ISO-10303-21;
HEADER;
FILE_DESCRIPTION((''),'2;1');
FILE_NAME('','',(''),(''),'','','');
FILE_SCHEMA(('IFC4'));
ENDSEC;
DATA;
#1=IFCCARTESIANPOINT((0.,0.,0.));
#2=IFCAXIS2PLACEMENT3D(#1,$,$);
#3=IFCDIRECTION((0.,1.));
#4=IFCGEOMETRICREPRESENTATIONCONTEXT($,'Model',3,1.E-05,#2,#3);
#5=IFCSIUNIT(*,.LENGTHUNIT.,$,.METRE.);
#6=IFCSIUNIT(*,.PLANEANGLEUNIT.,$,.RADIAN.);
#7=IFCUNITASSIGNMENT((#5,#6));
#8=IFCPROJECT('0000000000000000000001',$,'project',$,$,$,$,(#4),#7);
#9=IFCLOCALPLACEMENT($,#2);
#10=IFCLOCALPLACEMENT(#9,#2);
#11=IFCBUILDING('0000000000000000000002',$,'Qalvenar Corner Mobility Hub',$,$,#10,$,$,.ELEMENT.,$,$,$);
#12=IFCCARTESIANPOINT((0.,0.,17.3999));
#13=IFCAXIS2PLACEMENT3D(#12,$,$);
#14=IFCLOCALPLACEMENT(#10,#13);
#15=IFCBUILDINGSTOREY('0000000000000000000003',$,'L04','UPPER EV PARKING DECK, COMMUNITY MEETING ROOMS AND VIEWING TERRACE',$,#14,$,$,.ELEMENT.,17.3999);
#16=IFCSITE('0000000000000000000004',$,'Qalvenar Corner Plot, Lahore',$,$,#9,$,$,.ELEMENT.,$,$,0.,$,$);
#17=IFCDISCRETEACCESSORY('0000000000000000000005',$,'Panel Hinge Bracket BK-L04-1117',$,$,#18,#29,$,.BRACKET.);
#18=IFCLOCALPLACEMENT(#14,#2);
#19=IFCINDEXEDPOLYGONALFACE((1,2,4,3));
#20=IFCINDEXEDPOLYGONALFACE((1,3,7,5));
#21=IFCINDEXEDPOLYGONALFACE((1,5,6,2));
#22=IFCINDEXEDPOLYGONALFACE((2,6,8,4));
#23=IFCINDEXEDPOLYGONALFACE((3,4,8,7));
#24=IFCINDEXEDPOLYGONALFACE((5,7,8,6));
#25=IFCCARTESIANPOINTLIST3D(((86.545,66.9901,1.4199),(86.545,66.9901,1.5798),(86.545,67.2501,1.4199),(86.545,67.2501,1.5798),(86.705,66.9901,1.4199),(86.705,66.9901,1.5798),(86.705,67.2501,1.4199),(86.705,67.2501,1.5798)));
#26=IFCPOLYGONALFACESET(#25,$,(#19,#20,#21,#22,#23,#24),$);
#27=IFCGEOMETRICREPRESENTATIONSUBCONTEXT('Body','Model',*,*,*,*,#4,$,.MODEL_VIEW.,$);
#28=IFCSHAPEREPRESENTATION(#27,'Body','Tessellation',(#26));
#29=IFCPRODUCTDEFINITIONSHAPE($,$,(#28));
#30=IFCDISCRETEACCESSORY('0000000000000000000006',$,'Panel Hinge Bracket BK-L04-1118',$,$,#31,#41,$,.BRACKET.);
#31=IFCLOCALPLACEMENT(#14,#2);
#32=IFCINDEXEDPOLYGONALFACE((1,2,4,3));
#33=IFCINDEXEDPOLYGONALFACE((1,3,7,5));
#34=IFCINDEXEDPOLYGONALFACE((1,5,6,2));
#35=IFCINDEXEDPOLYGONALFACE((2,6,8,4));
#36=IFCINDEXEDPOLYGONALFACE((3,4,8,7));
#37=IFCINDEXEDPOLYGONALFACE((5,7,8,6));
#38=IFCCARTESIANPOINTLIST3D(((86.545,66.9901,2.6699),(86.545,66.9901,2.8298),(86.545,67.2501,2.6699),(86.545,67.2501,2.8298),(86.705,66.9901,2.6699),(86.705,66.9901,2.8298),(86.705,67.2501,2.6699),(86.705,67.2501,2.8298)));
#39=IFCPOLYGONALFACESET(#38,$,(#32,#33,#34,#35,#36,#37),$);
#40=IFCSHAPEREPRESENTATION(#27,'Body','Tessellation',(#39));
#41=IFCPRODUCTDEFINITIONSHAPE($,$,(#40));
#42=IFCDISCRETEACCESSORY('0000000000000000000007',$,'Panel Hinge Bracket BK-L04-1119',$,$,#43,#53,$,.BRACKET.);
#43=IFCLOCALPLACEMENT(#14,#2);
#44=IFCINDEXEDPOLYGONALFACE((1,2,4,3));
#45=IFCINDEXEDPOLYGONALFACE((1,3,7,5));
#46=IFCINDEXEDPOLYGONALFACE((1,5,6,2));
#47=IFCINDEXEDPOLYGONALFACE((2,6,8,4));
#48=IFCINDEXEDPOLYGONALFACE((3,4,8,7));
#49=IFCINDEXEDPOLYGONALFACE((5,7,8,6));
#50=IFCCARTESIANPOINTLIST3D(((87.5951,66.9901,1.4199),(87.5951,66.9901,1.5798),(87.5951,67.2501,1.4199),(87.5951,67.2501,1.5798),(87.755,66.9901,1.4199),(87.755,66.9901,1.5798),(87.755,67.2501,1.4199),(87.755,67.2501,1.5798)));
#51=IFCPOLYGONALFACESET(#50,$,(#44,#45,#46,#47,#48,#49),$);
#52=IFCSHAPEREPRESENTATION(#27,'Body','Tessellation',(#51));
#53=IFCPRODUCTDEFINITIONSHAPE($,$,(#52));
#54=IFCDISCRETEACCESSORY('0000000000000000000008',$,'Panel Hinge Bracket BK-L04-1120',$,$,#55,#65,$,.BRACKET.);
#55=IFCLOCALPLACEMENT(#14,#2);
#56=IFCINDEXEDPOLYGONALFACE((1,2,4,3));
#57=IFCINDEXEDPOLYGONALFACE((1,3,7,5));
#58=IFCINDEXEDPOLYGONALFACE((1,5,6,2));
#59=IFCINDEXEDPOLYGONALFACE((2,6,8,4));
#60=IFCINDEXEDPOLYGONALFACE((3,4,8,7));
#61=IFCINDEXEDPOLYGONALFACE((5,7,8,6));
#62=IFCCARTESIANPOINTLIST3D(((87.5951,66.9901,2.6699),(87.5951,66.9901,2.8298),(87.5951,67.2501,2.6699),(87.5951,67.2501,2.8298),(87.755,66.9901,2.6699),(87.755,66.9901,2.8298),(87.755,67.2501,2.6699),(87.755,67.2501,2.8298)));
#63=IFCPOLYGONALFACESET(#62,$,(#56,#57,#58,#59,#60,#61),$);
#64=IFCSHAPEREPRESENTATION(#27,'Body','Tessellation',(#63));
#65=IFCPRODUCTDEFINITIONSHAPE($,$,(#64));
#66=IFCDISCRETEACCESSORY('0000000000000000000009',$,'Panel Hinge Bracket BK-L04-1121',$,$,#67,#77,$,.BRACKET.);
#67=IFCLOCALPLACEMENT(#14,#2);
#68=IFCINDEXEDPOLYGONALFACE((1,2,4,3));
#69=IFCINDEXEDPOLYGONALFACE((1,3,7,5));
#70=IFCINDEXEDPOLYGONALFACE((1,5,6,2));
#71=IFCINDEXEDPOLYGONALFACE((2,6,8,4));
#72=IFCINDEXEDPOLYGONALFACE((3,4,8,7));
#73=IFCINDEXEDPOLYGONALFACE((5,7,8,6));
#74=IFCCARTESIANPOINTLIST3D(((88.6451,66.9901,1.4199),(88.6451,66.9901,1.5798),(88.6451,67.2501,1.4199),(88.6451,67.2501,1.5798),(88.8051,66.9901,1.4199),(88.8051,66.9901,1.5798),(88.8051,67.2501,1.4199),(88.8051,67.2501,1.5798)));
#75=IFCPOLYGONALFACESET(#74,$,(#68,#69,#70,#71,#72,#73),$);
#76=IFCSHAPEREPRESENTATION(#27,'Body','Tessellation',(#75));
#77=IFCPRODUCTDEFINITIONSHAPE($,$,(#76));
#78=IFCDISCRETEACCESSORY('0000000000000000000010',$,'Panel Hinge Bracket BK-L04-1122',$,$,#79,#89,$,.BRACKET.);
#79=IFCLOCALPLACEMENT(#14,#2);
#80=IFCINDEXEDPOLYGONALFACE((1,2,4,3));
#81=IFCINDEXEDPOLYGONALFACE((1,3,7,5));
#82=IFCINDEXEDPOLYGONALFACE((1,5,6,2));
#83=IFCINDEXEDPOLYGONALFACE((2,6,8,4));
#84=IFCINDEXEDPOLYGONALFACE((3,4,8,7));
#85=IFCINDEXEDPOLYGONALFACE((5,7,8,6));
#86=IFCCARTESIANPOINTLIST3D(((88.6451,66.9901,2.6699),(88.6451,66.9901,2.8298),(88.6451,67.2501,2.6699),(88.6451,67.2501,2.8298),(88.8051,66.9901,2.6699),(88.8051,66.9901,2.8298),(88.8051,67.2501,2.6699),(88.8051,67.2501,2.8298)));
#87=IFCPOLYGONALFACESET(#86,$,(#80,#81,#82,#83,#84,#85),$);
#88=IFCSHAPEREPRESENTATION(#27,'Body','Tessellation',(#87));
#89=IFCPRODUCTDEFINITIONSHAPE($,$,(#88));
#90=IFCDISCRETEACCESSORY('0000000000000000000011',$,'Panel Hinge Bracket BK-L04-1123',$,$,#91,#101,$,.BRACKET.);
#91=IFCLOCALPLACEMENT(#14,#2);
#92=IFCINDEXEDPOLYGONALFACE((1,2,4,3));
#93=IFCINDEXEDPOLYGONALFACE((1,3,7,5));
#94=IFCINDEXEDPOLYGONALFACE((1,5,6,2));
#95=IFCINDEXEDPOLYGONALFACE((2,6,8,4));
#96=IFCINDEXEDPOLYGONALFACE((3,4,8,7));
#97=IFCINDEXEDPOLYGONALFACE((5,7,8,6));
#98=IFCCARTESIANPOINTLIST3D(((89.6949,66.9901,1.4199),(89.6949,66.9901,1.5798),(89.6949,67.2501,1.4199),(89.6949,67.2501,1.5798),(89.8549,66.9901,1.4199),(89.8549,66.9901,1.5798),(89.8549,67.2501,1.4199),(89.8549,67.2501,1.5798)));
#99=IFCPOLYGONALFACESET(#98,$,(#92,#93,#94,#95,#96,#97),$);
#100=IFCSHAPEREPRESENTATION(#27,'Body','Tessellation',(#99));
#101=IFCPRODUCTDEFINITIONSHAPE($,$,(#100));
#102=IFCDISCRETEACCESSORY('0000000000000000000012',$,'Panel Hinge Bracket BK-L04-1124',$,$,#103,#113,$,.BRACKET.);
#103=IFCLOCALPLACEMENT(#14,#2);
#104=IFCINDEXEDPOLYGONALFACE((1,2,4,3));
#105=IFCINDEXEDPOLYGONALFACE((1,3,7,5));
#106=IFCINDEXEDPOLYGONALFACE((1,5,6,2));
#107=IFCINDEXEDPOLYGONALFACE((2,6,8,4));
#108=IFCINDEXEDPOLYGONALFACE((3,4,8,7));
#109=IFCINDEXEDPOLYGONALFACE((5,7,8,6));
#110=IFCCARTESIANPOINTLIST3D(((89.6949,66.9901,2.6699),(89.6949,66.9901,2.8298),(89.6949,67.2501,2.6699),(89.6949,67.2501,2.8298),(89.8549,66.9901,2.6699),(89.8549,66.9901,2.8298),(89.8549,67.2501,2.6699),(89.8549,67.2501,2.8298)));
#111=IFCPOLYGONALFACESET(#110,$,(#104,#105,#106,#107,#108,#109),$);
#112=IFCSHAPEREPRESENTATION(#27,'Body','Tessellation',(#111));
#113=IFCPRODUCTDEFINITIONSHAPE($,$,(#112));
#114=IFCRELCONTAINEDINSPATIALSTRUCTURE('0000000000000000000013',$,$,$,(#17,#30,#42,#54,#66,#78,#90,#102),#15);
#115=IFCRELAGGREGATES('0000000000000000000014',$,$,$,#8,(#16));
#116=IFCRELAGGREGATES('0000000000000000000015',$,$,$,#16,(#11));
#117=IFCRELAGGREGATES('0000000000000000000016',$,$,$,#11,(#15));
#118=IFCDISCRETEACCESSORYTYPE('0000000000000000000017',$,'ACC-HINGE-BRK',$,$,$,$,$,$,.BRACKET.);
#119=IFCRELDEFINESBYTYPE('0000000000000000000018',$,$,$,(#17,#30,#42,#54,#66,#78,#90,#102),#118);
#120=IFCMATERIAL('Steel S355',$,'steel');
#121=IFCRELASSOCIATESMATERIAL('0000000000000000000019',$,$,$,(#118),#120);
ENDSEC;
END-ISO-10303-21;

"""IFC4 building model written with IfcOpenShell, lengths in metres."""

from ifc_helpers import new_model, si_unit, direction, frame, origin, origin_2d, place, context, subcontext, project, spatial, rectangle, extrude, material, type_object, element, save


model = new_model("IFC4")

# Units and contexts
model_context = context("Model", 3, precision=1e-05, world=origin(), true_north=direction((0.0, 1.0)))
body_context = subcontext(model_context, "Body", "Model", "MODEL_VIEW")
ifc_project = project(units=[si_unit("LENGTHUNIT", "METRE"), si_unit("PLANEANGLEUNIT", "RADIAN")], contexts=[model_context])

# Site, building, storey
site_placement = place(None, origin())
site = spatial("IfcSite", under=ifc_project, at=site_placement, Name="Qalvenar Corner Plot, Lahore", CompositionType="ELEMENT", RefElevation=0.0)
building_placement = place(site_placement, origin())
building = spatial("IfcBuilding", under=site, at=building_placement, Name="Qalvenar Corner Mobility Hub", CompositionType="ELEMENT")
storey_placement = place(building_placement, frame((0.0, 0.0, 17.3999)))
storey = spatial("IfcBuildingStorey", under=building, at=storey_placement, Name="L04", Description="UPPER EV PARKING DECK, COMMUNITY MEETING ROOMS AND VIEWING TERRACE", CompositionType="ELEMENT", Elevation=17.3999)

# Discrete accessories
ifc_material_1 = material(Name="Steel S355", Category="steel")
discrete_accessory_type = type_object("IfcDiscreteAccessoryType", Name="ACC-HINGE-BRK", PredefinedType="BRACKET", material=ifc_material_1)
for number, where, z_axis, x_axis, name in (
    (1, (86.625, 67.1201, 1.4199), (0.0, 0.0, 1.0), (1.0, 0.0, 0.0), "Panel Hinge Bracket BK-L04-1117"),
    (2, (86.625, 67.1201, 2.6699), (0.0, 0.0, 1.0), (1.0, 0.0, 0.0), "Panel Hinge Bracket BK-L04-1118"),
    (3, (87.675, 67.1201, 1.4199), (0.0, 0.0, 1.0), (1.0, 0.0, 0.0), "Panel Hinge Bracket BK-L04-1119"),
    (4, (87.675, 67.1201, 2.6699), (0.0, 0.0, 1.0), (1.0, 0.0, 0.0), "Panel Hinge Bracket BK-L04-1120"),
    (5, (88.7251, 67.1201, 1.4199), (0.0, 0.0, 1.0), (1.0, 0.0, 0.0), "Panel Hinge Bracket BK-L04-1121"),
    (6, (88.7251, 67.1201, 2.6699), (0.0, 0.0, 1.0), (1.0, 0.0, 0.0), "Panel Hinge Bracket BK-L04-1122"),
    (7, (89.7749, 67.1201, 1.4199), (0.0, 0.0, 1.0), (1.0, 0.0, 0.0), "Panel Hinge Bracket BK-L04-1123"),
    (8, (89.7749, 67.1201, 2.6699), (0.0, 0.0, 1.0), (1.0, 0.0, 0.0), "Panel Hinge Bracket BK-L04-1124"),
):
    element("IfcDiscreteAccessory", number, at=place(storey_placement, frame(where, z_axis=z_axis, x_axis=x_axis)), inside=storey, type_object=discrete_accessory_type, Name=name, PredefinedType="BRACKET", context=body_context, shape_type="SweptSolid", body=[
        extrude(rectangle(XDim=0.1599, YDim=0.26, at=origin_2d()), origin(), (0.0, 0.0, 1.0), 0.1599),
    ])

save(model, "model.ifc")
